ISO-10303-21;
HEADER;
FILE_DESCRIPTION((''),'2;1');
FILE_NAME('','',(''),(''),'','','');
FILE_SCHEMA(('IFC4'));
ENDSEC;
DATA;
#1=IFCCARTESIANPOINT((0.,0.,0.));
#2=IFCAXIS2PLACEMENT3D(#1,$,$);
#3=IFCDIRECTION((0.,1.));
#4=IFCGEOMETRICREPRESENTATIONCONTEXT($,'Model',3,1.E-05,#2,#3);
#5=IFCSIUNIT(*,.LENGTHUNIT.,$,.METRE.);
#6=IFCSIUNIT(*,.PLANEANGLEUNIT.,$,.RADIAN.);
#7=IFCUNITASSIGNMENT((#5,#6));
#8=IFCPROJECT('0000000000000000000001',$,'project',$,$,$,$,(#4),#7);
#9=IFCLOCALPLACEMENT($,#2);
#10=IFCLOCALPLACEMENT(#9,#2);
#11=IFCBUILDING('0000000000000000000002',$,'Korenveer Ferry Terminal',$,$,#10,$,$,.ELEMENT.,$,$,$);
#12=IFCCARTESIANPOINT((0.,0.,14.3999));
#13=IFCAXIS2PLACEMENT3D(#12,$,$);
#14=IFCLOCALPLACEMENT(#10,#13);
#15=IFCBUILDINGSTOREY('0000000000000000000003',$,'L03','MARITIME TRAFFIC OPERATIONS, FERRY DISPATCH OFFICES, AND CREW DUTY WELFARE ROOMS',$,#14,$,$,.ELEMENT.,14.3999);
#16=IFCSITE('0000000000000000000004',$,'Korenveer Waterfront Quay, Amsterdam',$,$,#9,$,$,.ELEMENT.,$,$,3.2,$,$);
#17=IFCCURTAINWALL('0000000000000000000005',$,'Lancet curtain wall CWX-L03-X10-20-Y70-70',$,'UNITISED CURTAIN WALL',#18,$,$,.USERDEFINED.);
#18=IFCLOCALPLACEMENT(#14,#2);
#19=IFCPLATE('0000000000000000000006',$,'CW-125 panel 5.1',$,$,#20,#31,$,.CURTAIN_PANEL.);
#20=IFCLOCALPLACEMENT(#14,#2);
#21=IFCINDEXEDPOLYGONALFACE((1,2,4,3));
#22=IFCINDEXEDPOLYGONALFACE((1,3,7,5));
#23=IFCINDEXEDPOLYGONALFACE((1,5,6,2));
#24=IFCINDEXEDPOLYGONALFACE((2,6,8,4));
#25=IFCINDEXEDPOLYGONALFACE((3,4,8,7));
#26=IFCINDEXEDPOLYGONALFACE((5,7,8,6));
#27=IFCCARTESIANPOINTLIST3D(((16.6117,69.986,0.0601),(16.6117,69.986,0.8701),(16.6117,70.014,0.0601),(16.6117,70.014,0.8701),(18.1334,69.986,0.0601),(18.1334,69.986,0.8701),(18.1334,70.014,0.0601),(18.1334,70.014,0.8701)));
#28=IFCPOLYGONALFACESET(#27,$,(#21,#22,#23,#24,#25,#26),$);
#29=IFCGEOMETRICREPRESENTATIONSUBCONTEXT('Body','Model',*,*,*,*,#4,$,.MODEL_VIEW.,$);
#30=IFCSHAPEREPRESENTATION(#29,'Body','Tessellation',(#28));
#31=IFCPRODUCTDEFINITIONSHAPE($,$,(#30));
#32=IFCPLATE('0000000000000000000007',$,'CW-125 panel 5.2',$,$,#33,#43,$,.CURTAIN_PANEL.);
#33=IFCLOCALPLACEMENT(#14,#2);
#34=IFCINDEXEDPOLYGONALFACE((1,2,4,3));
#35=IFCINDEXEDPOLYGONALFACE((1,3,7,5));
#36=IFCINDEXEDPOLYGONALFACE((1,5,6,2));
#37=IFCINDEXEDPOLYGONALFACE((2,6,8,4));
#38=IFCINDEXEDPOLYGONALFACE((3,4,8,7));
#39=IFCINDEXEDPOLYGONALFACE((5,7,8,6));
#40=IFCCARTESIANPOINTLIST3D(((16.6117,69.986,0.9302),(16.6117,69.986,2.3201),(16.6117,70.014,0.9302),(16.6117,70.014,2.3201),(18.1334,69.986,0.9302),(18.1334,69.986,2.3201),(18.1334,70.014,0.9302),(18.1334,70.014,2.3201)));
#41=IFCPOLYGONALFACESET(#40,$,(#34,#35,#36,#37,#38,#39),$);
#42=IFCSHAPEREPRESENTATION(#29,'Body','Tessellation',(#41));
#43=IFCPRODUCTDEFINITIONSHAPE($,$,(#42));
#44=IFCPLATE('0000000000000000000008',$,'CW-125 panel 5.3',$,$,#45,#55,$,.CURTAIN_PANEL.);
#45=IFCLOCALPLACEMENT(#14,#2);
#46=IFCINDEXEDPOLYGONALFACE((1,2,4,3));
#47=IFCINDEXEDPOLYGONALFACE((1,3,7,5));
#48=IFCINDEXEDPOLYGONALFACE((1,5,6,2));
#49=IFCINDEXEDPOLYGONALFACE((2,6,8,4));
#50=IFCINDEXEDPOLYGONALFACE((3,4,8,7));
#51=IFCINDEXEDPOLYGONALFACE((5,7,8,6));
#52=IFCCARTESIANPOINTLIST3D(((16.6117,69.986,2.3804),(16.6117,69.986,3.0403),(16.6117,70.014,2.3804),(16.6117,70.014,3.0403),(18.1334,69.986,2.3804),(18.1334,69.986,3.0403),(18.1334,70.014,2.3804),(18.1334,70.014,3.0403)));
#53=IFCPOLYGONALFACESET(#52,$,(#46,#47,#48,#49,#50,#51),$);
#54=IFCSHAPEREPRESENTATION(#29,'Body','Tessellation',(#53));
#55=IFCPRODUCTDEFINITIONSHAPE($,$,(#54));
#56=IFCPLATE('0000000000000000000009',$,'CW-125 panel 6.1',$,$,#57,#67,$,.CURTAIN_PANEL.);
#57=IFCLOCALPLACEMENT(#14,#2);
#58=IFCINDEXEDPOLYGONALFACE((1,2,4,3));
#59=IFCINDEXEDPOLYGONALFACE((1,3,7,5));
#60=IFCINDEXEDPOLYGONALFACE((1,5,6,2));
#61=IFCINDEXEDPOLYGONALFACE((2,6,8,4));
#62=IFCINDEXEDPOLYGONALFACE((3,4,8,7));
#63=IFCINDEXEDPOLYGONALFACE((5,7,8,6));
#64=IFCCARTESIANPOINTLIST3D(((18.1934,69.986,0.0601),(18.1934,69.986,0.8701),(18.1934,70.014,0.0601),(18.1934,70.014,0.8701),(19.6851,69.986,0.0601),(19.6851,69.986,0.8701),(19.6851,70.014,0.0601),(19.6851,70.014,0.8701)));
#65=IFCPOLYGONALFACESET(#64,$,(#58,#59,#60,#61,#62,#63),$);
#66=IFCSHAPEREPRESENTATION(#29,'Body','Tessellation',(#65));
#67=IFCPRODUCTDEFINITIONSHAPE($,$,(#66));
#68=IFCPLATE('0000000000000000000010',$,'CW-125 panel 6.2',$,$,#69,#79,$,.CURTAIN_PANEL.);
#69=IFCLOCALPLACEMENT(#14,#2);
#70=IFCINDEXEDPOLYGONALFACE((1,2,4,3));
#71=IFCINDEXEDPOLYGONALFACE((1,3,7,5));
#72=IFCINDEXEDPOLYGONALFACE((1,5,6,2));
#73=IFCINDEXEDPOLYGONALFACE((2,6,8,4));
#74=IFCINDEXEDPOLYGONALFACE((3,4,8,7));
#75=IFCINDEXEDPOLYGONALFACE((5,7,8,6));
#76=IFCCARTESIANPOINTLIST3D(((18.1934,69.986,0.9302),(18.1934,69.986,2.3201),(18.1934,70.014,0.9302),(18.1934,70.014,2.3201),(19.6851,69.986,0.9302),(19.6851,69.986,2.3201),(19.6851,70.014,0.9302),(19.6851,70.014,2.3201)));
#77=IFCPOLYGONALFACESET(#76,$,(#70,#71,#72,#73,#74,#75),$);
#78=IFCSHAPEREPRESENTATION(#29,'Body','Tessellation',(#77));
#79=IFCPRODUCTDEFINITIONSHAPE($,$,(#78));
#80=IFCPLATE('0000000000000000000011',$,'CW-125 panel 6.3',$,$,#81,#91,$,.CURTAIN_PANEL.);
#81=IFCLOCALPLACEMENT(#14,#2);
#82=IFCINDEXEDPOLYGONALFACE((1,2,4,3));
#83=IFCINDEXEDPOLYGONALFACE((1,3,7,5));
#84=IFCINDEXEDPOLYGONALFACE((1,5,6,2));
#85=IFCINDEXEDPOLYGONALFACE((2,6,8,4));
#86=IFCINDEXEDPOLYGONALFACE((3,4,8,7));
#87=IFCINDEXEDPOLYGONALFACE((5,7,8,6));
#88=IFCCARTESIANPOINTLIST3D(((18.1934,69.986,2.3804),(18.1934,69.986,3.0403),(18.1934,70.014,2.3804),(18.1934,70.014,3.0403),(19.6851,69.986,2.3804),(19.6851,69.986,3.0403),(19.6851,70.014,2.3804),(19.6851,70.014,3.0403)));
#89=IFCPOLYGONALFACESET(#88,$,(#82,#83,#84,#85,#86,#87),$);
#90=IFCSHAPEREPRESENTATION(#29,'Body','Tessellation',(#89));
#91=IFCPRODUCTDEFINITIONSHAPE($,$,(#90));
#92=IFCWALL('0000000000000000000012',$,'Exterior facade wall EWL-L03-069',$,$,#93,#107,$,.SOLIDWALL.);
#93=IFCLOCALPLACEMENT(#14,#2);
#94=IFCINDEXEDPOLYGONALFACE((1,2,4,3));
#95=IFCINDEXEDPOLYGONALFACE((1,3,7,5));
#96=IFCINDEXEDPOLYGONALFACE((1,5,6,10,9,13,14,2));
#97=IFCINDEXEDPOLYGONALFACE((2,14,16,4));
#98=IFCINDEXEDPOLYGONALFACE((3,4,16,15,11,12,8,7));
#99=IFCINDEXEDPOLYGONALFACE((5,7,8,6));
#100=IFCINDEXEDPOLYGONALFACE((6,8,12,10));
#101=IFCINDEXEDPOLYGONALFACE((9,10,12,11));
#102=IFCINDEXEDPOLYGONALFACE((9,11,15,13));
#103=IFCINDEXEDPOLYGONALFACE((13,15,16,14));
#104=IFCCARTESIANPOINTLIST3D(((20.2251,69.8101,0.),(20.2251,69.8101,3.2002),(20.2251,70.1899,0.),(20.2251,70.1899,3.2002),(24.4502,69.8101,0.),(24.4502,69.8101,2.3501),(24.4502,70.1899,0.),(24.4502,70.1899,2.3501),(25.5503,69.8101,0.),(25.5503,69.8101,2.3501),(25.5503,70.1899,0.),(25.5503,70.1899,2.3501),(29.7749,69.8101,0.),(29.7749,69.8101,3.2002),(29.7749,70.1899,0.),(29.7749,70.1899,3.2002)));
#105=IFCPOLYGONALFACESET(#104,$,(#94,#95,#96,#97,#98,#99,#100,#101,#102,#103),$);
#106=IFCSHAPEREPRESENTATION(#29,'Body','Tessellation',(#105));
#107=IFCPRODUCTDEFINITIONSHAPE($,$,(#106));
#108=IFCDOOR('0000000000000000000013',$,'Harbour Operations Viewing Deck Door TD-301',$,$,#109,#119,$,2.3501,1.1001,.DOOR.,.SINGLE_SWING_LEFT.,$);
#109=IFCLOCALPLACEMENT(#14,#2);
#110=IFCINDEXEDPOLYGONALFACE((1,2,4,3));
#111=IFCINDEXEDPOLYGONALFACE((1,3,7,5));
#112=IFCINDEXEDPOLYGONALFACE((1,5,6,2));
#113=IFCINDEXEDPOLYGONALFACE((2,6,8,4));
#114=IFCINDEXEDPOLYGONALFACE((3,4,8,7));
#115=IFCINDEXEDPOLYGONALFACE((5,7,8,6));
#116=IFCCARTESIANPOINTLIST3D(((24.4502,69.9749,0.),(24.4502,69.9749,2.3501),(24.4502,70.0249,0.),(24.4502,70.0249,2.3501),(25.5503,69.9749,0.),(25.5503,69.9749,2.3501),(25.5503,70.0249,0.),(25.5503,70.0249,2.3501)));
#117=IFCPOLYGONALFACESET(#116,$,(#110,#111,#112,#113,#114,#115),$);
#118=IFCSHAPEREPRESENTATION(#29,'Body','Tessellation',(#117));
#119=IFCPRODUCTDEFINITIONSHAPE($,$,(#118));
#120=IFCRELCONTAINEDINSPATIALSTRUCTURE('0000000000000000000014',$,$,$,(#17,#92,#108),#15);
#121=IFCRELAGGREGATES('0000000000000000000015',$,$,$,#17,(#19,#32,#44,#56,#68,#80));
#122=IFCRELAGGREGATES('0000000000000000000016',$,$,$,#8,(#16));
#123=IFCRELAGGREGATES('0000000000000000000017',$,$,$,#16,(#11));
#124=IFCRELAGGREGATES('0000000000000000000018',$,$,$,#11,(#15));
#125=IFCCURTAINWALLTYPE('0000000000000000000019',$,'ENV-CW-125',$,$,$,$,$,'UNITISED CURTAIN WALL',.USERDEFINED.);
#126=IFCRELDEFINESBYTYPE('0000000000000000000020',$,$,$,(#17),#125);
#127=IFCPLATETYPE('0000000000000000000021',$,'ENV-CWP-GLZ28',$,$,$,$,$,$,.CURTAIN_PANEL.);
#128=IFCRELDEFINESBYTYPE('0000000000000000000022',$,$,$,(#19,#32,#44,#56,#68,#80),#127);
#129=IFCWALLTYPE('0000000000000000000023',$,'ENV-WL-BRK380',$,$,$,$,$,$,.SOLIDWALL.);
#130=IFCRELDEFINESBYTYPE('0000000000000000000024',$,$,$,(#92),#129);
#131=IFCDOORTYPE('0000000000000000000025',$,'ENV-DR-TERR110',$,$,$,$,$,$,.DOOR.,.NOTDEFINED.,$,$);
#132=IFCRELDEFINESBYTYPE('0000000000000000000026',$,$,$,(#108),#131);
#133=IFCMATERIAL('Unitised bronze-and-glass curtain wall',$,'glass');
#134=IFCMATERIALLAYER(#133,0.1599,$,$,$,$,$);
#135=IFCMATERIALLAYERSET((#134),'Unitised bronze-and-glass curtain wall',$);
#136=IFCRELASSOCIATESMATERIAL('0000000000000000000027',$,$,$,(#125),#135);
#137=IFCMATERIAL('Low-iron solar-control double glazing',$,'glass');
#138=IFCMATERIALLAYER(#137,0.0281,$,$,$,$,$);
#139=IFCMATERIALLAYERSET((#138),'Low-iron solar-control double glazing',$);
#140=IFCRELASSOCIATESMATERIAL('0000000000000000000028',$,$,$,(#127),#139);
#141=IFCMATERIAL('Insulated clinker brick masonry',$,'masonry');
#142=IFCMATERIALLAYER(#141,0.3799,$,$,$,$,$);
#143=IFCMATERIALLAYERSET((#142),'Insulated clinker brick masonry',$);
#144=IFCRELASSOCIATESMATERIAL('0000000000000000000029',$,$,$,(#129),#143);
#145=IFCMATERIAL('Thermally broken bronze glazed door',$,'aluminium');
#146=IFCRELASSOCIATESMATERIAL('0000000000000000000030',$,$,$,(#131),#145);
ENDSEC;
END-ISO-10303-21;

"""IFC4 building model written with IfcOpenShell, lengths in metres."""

from ifc_helpers import new_model, si_unit, direction, frame, frame_2d, origin, origin_2d, place, context, subcontext, project, spatial, rectangle, extrude, material, layer, layer_set, type_object, element, fill, aggregate, save


model = new_model("IFC4")

# Units and contexts
model_context = context("Model", 3, precision=1e-05, world=origin(), true_north=direction((0.0, 1.0)))
body_context = subcontext(model_context, "Body", "Model", "MODEL_VIEW")
ifc_project = project(units=[si_unit("LENGTHUNIT", "METRE"), si_unit("PLANEANGLEUNIT", "RADIAN")], contexts=[model_context])

# Site, building, storey
site_placement = place(None, origin())
site = spatial("IfcSite", under=ifc_project, at=site_placement, Name="Korenveer Waterfront Quay, Amsterdam", CompositionType="ELEMENT", RefElevation=3.2)
building_placement = place(site_placement, origin())
building = spatial("IfcBuilding", under=site, at=building_placement, Name="Korenveer Ferry Terminal", CompositionType="ELEMENT")
storey_placement = place(building_placement, frame((0.0, 0.0, 14.3999)))
storey = spatial("IfcBuildingStorey", under=building, at=storey_placement, Name="L03", Description="MARITIME TRAFFIC OPERATIONS, FERRY DISPATCH OFFICES, AND CREW DUTY WELFARE ROOMS", CompositionType="ELEMENT", Elevation=14.3999)

# Curtain wall
ifc_material_1 = material(Name="Unitised bronze-and-glass curtain wall", Category="glass")
ifc_layer_1 = layer(ifc_material_1, 0.1599)
ifc_layer_set_1 = layer_set([ifc_layer_1], Name="Unitised bronze-and-glass curtain wall")
curtain_wall_type = type_object("IfcCurtainWallType", Name="ENV-CW-125", ElementType="UNITISED CURTAIN WALL", PredefinedType="USERDEFINED", material=ifc_layer_set_1)
curtain_wall_placement = place(storey_placement, frame((10.2549, 70.0, 0.0)))
curtain_wall = element("IfcCurtainWall", 1, at=curtain_wall_placement, inside=storey, type_object=curtain_wall_type, Name="Lancet curtain wall CWX-L03-X10-20-Y70-70", ObjectType="UNITISED CURTAIN WALL", PredefinedType="USERDEFINED")

# Plates
ifc_material_2 = material(Name="Low-iron solar-control double glazing", Category="glass")
ifc_layer_2 = layer(ifc_material_2, 0.0281)
ifc_layer_set_2 = layer_set([ifc_layer_2], Name="Low-iron solar-control double glazing")
plate_type = type_object("IfcPlateType", Name="ENV-CWP-GLZ28", PredefinedType="CURTAIN_PANEL", material=ifc_layer_set_2)
plate_1_placement = place(storey_placement, frame((17.3726, 70.0, 0.0601), z_axis=(0.0, 0.0, 1.0), x_axis=(1.0, 0.0, 0.0)))
plate_1 = element("IfcPlate", 2, at=plate_1_placement, type_object=plate_type, Name="CW-125 panel 5.1", PredefinedType="CURTAIN_PANEL", context=body_context, shape_type="SweptSolid", body=[
    extrude(rectangle(XDim=1.5217, YDim=0.0281, at=origin_2d()), origin(), (0.0, 0.0, 1.0), 0.8101),
])
plate_2_placement = place(storey_placement, frame((17.3726, 70.0, 0.9302), z_axis=(0.0, 0.0, 1.0), x_axis=(1.0, 0.0, 0.0)))
plate_2 = element("IfcPlate", 3, at=plate_2_placement, type_object=plate_type, Name="CW-125 panel 5.2", PredefinedType="CURTAIN_PANEL", context=body_context, shape_type="SweptSolid", body=[
    extrude(rectangle(XDim=1.5217, YDim=0.0281, at=origin_2d()), origin(), (0.0, 0.0, 1.0), 1.3899),
])
plate_3_placement = place(storey_placement, frame((17.3726, 70.0, 2.3804), z_axis=(0.0, 0.0, 1.0), x_axis=(1.0, 0.0, 0.0)))
plate_3 = element("IfcPlate", 4, at=plate_3_placement, type_object=plate_type, Name="CW-125 panel 5.3", PredefinedType="CURTAIN_PANEL", context=body_context, shape_type="SweptSolid", body=[
    extrude(rectangle(XDim=1.5217, YDim=0.0281, at=origin_2d()), origin(), (0.0, 0.0, 1.0), 0.6599),
])
plate_4_placement = place(storey_placement, frame((18.9392, 70.0, 0.0601), z_axis=(0.0, 0.0, 1.0), x_axis=(1.0, 0.0, 0.0)))
plate_4 = element("IfcPlate", 5, at=plate_4_placement, type_object=plate_type, Name="CW-125 panel 6.1", PredefinedType="CURTAIN_PANEL", context=body_context, shape_type="SweptSolid", body=[
    extrude(rectangle(XDim=1.4917, YDim=0.0281, at=origin_2d()), origin(), (0.0, 0.0, 1.0), 0.8101),
])
plate_5_placement = place(storey_placement, frame((18.9392, 70.0, 0.9302), z_axis=(0.0, 0.0, 1.0), x_axis=(1.0, 0.0, 0.0)))
plate_5 = element("IfcPlate", 6, at=plate_5_placement, type_object=plate_type, Name="CW-125 panel 6.2", PredefinedType="CURTAIN_PANEL", context=body_context, shape_type="SweptSolid", body=[
    extrude(rectangle(XDim=1.4917, YDim=0.0281, at=origin_2d()), origin(), (0.0, 0.0, 1.0), 1.3899),
])
plate_6_placement = place(storey_placement, frame((18.9392, 70.0, 2.3804), z_axis=(0.0, 0.0, 1.0), x_axis=(1.0, 0.0, 0.0)))
plate_6 = element("IfcPlate", 7, at=plate_6_placement, type_object=plate_type, Name="CW-125 panel 6.3", PredefinedType="CURTAIN_PANEL", context=body_context, shape_type="SweptSolid", body=[
    extrude(rectangle(XDim=1.4917, YDim=0.0281, at=origin_2d()), origin(), (0.0, 0.0, 1.0), 0.6599),
])
aggregate(curtain_wall, [plate_1, plate_2, plate_3, plate_4, plate_5, plate_6])

# Wall, opening, door
ifc_material_3 = material(Name="Insulated clinker brick masonry", Category="masonry")
ifc_layer_3 = layer(ifc_material_3, 0.3799)
ifc_layer_set_3 = layer_set([ifc_layer_3], Name="Insulated clinker brick masonry")
wall_type = type_object("IfcWallType", Name="ENV-WL-BRK380", PredefinedType="SOLIDWALL", material=ifc_layer_set_3)
wall_placement = place(storey_placement, frame((20.2251, 70.0, 0.0), z_axis=(0.0, 0.0, 1.0), x_axis=(1.0, 0.0, 0.0)))
wall = element("IfcWall", 8, at=wall_placement, inside=storey, type_object=wall_type, Name="Exterior facade wall EWL-L03-069", PredefinedType="SOLIDWALL", context=body_context, shape_type="SweptSolid", body=[
    extrude(rectangle(XDim=9.5498, YDim=0.3799, at=frame_2d((4.7749, 0.0))), origin(), (0.0, 0.0, 1.0), 3.2002),
])
opening_placement = place(wall_placement, frame((4.2251, 0.0, 0.0)))
opening = element("IfcOpeningElement", 9, at=opening_placement, cuts=wall, PredefinedType="OPENING", context=body_context, shape_type="SweptSolid", body=[
    extrude(rectangle(XDim=1.1001, YDim=2.3501, at=frame_2d((0.55, 1.175))), frame((0.0, 0.2, 0.0), z_axis=(0.0, -1.0, 0.0), x_axis=(1.0, 0.0, 0.0)), (0.0, 0.0, 1.0), 0.3999),
])
ifc_material_4 = material(Name="Thermally broken bronze glazed door", Category="aluminium")
door_type = type_object("IfcDoorType", Name="ENV-DR-TERR110", OperationType="NOTDEFINED", PredefinedType="DOOR", material=ifc_material_4)
door_placement = place(opening_placement, origin())
door = element("IfcDoor", 10, at=door_placement, inside=storey, type_object=door_type, Name="Harbour Operations Viewing Deck Door TD-301", OperationType="SINGLE_SWING_LEFT", OverallHeight=2.3501, OverallWidth=1.1001, PredefinedType="DOOR", context=body_context, shape_type="SweptSolid", body=[
    extrude(rectangle(XDim=1.1001, YDim=2.3501, at=frame_2d((0.55, 1.175))), frame((0.0, 0.0249, 0.0), z_axis=(0.0, -1.0, 0.0), x_axis=(1.0, 0.0, 0.0)), (0.0, 0.0, 1.0), 0.05),
])
fill(opening, door)

save(model, "model.ifc")
